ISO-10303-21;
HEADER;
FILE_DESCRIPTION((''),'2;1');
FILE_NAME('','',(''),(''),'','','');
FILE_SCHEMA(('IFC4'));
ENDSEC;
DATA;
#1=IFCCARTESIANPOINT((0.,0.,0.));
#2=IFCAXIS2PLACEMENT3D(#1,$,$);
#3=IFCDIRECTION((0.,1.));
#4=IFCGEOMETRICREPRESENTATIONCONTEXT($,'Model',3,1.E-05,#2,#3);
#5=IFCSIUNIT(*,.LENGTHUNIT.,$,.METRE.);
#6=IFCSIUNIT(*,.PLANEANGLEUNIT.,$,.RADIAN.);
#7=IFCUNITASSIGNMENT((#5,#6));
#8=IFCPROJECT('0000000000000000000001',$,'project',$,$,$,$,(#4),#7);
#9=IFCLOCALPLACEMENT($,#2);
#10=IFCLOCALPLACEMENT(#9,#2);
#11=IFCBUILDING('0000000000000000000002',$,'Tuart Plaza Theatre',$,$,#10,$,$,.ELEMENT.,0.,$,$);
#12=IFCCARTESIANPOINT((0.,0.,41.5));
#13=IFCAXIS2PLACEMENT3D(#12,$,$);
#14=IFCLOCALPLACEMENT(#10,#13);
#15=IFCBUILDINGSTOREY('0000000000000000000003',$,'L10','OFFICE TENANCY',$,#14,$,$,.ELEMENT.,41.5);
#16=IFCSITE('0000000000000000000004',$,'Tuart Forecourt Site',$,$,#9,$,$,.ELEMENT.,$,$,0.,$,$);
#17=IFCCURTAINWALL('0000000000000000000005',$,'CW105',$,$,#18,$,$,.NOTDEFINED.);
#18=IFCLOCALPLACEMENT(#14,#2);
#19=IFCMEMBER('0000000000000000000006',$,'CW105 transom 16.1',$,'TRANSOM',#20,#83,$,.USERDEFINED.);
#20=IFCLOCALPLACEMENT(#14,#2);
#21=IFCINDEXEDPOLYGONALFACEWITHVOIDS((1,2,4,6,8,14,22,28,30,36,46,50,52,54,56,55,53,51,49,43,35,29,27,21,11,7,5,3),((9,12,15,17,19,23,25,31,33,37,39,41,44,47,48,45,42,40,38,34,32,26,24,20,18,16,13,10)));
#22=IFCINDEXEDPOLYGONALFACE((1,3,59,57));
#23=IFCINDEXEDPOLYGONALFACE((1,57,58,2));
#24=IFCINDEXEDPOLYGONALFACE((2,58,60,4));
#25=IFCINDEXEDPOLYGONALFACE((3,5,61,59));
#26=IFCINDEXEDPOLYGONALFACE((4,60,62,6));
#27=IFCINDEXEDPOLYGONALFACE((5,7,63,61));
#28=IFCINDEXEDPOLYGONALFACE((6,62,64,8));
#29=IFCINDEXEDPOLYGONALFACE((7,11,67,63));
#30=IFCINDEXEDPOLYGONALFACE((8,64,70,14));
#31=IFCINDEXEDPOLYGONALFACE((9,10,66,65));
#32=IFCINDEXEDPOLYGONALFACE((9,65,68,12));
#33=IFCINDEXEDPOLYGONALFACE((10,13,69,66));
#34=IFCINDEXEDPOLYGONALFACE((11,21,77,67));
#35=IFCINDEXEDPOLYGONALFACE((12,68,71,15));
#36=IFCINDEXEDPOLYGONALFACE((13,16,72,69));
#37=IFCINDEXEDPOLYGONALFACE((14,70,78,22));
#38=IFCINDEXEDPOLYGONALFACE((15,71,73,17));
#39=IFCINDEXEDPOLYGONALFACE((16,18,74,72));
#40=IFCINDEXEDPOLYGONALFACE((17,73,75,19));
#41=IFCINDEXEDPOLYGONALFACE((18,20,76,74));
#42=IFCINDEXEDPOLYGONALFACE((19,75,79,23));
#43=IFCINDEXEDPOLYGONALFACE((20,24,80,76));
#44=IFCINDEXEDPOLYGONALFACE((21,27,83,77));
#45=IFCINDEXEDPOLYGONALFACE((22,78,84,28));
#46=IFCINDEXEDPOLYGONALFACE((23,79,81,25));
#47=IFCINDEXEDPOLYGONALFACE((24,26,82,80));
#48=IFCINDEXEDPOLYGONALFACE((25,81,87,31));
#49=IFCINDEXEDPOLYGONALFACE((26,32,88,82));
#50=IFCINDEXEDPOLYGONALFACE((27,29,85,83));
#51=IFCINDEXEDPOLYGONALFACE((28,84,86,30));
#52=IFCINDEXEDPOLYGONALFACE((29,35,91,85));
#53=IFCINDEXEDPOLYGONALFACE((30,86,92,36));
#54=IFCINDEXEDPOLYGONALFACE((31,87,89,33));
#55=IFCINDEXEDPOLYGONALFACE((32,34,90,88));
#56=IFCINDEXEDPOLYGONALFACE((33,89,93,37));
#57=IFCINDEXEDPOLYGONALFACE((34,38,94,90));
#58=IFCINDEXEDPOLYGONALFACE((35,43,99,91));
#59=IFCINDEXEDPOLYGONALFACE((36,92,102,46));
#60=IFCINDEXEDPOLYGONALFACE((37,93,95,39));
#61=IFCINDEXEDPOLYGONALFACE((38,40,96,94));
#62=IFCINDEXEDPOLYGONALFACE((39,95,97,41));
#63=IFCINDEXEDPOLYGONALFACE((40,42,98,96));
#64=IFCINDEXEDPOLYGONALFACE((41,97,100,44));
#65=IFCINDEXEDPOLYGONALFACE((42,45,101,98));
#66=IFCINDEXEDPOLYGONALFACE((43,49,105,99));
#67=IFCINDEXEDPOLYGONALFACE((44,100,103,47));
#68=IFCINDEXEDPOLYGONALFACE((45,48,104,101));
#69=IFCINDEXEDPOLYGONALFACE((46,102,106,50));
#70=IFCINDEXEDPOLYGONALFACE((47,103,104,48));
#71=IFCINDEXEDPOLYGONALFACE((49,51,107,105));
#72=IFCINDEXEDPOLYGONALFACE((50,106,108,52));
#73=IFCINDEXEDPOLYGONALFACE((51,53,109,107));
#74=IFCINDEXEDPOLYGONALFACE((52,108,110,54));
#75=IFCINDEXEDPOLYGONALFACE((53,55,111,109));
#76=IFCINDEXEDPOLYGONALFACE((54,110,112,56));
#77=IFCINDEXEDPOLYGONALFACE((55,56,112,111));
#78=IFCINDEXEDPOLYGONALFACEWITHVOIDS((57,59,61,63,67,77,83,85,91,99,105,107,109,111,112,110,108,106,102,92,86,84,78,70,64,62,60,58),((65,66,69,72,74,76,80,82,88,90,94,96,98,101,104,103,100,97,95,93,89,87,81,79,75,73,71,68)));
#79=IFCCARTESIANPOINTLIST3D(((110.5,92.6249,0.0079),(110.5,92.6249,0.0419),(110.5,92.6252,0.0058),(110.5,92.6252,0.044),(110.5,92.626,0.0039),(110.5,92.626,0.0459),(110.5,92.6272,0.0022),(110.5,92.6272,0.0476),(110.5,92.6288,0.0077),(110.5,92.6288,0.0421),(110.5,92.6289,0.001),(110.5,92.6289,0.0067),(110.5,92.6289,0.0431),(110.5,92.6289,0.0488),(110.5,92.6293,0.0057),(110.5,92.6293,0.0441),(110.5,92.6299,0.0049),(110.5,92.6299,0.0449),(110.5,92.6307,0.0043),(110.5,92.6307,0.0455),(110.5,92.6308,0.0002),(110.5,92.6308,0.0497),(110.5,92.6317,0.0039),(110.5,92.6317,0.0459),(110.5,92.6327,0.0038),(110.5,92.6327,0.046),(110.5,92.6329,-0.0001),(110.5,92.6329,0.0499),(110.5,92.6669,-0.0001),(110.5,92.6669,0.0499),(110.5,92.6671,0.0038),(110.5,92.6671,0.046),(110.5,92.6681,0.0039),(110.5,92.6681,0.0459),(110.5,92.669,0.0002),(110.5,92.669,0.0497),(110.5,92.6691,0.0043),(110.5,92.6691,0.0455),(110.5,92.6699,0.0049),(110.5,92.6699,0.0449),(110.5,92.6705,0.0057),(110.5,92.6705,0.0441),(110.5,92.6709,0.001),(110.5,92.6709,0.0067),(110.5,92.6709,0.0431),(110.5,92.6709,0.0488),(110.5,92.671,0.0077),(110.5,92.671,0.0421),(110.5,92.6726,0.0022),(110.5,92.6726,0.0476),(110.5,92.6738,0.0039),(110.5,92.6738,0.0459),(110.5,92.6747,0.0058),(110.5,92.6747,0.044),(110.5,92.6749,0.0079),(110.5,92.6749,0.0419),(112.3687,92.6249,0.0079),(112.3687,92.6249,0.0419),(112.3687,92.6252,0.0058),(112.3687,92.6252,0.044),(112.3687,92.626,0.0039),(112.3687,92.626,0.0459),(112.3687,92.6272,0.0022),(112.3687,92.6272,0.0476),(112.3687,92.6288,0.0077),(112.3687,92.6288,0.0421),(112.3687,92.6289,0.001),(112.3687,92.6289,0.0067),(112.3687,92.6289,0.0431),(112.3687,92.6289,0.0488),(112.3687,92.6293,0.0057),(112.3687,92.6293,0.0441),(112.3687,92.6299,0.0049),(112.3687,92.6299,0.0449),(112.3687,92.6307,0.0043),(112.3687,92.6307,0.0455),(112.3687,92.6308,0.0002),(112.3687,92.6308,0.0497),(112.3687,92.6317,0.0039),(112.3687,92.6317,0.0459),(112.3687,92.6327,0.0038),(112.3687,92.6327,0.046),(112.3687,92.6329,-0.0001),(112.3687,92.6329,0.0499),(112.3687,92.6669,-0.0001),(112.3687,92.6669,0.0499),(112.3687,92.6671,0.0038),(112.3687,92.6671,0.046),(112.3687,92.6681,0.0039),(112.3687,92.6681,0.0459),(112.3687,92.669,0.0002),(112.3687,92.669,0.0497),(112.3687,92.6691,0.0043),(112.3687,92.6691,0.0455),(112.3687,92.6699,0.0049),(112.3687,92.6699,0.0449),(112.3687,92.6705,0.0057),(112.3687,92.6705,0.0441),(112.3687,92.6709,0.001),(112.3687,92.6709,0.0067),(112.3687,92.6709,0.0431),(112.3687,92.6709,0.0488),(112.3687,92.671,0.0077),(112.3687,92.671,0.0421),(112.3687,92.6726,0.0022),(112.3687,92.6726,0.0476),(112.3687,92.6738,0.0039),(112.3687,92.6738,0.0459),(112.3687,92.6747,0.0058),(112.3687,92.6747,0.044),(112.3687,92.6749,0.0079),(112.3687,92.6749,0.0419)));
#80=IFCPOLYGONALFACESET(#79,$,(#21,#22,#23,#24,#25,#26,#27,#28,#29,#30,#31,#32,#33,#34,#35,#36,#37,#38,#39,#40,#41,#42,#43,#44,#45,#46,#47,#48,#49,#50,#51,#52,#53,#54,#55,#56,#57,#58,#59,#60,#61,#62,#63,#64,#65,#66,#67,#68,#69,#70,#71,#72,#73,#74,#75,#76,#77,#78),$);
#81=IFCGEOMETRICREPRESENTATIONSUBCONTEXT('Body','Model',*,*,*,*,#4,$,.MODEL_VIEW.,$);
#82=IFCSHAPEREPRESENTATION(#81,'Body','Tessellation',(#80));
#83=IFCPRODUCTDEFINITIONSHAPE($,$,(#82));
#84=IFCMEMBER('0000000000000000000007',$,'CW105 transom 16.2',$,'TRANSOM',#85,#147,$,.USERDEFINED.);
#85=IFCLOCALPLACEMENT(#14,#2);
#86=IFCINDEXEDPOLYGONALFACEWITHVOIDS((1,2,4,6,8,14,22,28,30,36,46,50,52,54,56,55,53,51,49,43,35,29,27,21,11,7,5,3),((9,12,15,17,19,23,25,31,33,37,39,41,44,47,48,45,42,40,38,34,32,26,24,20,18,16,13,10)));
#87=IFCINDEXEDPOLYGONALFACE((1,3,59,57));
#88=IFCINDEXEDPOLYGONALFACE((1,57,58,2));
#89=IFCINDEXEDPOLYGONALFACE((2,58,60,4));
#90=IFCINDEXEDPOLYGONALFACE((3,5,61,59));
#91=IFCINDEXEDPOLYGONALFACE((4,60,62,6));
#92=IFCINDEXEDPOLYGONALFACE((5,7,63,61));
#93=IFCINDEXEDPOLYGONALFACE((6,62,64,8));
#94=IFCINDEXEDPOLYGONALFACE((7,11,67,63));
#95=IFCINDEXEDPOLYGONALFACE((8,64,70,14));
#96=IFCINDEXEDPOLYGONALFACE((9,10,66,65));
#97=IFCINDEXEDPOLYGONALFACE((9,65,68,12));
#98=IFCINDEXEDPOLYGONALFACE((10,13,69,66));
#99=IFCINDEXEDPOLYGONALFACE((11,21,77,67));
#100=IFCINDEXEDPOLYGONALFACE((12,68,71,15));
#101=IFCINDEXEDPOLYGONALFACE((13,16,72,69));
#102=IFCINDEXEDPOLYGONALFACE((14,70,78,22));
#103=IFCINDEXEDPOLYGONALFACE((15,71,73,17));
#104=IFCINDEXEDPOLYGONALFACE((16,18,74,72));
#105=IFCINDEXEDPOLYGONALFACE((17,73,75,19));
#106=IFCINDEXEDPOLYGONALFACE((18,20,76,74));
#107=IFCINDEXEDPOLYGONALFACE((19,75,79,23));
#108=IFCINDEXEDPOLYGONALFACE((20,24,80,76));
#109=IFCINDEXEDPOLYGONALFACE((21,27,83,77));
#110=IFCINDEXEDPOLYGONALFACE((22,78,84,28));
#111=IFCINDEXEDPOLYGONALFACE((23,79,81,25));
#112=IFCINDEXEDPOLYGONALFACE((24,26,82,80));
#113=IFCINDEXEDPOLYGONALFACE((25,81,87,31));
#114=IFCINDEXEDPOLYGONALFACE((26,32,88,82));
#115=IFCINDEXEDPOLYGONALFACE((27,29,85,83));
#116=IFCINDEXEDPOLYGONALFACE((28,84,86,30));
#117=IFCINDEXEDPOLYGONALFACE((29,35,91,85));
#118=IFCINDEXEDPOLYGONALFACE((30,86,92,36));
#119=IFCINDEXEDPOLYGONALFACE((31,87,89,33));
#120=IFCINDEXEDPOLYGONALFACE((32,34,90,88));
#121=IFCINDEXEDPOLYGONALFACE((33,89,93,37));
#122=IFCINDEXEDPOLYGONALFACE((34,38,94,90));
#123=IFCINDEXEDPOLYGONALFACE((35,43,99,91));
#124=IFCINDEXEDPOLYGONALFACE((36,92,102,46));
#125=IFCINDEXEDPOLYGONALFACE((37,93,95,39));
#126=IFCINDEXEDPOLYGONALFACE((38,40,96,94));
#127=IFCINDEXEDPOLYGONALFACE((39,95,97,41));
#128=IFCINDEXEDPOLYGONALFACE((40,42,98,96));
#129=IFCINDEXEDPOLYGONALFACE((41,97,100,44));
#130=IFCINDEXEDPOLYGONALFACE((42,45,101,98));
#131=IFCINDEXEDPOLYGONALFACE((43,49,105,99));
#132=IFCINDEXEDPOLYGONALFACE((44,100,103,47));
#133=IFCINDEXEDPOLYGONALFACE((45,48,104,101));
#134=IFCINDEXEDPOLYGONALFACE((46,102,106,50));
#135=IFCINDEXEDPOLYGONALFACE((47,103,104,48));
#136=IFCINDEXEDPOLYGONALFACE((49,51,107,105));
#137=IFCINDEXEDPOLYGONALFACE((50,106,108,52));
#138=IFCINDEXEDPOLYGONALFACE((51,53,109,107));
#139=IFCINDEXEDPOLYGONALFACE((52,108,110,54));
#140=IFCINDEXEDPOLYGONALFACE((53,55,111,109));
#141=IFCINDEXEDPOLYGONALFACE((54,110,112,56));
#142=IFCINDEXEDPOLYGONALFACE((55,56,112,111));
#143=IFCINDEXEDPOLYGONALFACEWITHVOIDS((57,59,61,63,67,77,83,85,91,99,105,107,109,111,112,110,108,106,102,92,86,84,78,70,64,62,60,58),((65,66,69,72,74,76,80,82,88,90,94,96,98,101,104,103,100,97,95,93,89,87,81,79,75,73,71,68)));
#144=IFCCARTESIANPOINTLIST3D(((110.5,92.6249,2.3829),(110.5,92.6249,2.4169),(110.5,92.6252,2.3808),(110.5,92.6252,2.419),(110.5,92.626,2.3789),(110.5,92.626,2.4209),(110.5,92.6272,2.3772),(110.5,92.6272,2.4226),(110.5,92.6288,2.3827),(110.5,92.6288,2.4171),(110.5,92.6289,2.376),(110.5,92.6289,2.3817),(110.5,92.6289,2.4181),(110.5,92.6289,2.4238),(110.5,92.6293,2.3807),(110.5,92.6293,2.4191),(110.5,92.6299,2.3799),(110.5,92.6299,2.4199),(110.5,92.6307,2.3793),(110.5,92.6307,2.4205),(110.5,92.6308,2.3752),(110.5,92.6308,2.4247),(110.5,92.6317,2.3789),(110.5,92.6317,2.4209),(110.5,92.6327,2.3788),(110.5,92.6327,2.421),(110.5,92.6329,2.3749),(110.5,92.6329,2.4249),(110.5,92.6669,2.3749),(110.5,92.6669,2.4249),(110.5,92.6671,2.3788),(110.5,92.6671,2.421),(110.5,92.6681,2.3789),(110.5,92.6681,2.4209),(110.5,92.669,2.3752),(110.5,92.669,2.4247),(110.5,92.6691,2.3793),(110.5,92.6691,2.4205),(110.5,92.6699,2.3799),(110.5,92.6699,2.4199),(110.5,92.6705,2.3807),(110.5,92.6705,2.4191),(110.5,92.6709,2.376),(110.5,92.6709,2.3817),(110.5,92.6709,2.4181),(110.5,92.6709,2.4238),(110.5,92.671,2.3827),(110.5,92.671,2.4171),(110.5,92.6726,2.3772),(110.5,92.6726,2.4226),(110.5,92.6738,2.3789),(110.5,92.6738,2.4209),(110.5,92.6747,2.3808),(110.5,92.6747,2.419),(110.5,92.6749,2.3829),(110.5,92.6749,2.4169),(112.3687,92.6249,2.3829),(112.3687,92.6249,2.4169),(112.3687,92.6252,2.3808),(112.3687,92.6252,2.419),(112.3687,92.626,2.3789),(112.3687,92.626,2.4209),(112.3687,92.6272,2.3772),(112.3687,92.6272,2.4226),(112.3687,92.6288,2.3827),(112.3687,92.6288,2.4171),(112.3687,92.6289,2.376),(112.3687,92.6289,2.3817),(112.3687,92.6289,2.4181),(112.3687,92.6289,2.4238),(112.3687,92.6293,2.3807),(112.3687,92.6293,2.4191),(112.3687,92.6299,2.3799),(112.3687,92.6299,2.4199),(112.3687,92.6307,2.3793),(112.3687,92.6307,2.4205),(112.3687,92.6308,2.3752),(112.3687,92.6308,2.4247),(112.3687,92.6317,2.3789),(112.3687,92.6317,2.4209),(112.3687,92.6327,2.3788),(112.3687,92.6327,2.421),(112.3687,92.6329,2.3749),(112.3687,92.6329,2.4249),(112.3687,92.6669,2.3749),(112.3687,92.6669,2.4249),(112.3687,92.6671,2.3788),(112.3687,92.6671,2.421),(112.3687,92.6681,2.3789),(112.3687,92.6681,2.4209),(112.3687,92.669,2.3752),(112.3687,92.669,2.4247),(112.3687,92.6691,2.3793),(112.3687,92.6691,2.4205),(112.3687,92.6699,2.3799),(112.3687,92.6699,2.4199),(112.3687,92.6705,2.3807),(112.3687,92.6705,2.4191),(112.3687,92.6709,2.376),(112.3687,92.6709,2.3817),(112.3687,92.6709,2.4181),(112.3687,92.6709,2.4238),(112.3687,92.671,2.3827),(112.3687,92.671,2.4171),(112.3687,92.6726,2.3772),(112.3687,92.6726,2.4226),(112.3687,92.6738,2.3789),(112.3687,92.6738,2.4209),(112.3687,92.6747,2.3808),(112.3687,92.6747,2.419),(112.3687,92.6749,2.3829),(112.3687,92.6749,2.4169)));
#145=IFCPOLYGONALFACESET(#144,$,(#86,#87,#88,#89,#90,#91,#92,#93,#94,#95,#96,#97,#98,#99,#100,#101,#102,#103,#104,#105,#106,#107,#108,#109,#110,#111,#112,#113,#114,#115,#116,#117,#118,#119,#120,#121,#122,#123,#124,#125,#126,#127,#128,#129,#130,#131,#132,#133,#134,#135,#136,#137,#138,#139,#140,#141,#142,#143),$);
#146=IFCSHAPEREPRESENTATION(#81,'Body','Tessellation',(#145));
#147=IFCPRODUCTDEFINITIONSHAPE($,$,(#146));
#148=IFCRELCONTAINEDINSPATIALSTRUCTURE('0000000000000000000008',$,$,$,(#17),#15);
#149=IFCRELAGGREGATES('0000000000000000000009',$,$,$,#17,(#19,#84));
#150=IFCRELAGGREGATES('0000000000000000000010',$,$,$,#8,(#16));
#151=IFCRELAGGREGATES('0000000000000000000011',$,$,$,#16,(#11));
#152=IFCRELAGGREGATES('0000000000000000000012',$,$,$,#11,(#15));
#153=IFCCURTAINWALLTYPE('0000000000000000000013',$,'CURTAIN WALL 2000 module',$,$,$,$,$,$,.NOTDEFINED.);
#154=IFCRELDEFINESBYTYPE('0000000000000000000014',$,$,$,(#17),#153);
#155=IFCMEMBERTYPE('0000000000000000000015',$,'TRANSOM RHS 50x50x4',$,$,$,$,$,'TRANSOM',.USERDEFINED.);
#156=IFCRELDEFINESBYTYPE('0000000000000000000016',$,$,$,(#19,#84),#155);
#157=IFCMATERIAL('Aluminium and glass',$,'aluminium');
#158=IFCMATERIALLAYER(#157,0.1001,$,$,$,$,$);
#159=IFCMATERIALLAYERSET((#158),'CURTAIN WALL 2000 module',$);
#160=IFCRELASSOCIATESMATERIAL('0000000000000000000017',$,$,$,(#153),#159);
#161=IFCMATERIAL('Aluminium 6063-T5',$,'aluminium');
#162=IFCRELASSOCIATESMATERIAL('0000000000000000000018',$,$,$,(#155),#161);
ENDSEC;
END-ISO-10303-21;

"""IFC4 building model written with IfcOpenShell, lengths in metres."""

from ifc_helpers import new_model, si_unit, direction, frame, origin, origin_2d, place, context, subcontext, project, spatial, hollow_rectangle, extrude, material, layer, layer_set, material_profile, profile_set, type_object, element, aggregate, save


model = new_model("IFC4")

# Units and contexts
model_context = context("Model", 3, precision=1e-05, world=origin(), true_north=direction((0.0, 1.0)))
body_context = subcontext(model_context, "Body", "Model", "MODEL_VIEW")
ifc_project = project(units=[si_unit("LENGTHUNIT", "METRE"), si_unit("PLANEANGLEUNIT", "RADIAN")], contexts=[model_context])

# Site, building, storey
site_placement = place(None, origin())
site = spatial("IfcSite", under=ifc_project, at=site_placement, Name="Tuart Forecourt Site", CompositionType="ELEMENT", RefElevation=0.0)
building_placement = place(site_placement, origin())
building = spatial("IfcBuilding", under=site, at=building_placement, Name="Tuart Plaza Theatre", CompositionType="ELEMENT", ElevationOfRefHeight=0.0)
storey_placement = place(building_placement, frame((0.0, 0.0, 41.5)))
storey = spatial("IfcBuildingStorey", under=building, at=storey_placement, Name="L10", Description="OFFICE TENANCY", CompositionType="ELEMENT", Elevation=41.5)

# Curtain wall, members
ifc_material_1 = material(Name="Aluminium and glass", Category="aluminium")
ifc_layer_1 = layer(ifc_material_1, 0.1001)
ifc_layer_set_1 = layer_set([ifc_layer_1], Name="CURTAIN WALL 2000 module")
curtain_wall_type = type_object("IfcCurtainWallType", Name="CURTAIN WALL 2000 module", PredefinedType="NOTDEFINED", material=ifc_layer_set_1)
curtain_wall_placement = place(storey_placement, origin())
curtain_wall = element("IfcCurtainWall", 1, at=curtain_wall_placement, inside=storey, type_object=curtain_wall_type, Name="CW105", PredefinedType="NOTDEFINED")
ifc_material_2 = material(Name="Aluminium 6063-T5", Category="aluminium")
ifc_material_profile_1 = material_profile(ifc_material_2, hollow_rectangle(XDim=0.05, YDim=0.05, WallThickness=0.0039, InnerFilletRadius=0.0039, OuterFilletRadius=0.0081, at=origin_2d()), Name="RHS 50x50x4")
ifc_profile_set_1 = profile_set([ifc_material_profile_1], Name="Aluminium 6063-T5")
member_type_1 = type_object("IfcMemberType", Name="TRANSOM RHS 50x50x4", ElementType="TRANSOM", PredefinedType="USERDEFINED", material=ifc_profile_set_1)
member_1_placement = place(storey_placement, frame((112.3687, 92.6499, 0.0249), z_axis=(-1.0, 0.0, 0.0), x_axis=(0.0, -1.0, 0.0)))
member_1 = element("IfcMember", 2, at=member_1_placement, type_object=member_type_1, Name="CW105 transom 16.1", ObjectType="TRANSOM", PredefinedType="USERDEFINED", context=body_context, shape_type="SweptSolid", body=[
    extrude(hollow_rectangle(XDim=0.05, YDim=0.05, WallThickness=0.0039, InnerFilletRadius=0.0039, OuterFilletRadius=0.0081, at=origin_2d()), origin(), (0.0, 0.0, 1.0), 1.8687),
])
member_2_placement = place(storey_placement, frame((112.3687, 92.6499, 2.3999), z_axis=(-1.0, 0.0, 0.0), x_axis=(0.0, -1.0, 0.0)))
member_2 = element("IfcMember", 3, at=member_2_placement, type_object=member_type_1, Name="CW105 transom 16.2", ObjectType="TRANSOM", PredefinedType="USERDEFINED", context=body_context, shape_type="SweptSolid", body=[
    extrude(hollow_rectangle(XDim=0.05, YDim=0.05, WallThickness=0.0039, InnerFilletRadius=0.0039, OuterFilletRadius=0.0081, at=origin_2d()), origin(), (0.0, 0.0, 1.0), 1.8687),
])
aggregate(curtain_wall, [member_1, member_2])

save(model, "model.ifc")
